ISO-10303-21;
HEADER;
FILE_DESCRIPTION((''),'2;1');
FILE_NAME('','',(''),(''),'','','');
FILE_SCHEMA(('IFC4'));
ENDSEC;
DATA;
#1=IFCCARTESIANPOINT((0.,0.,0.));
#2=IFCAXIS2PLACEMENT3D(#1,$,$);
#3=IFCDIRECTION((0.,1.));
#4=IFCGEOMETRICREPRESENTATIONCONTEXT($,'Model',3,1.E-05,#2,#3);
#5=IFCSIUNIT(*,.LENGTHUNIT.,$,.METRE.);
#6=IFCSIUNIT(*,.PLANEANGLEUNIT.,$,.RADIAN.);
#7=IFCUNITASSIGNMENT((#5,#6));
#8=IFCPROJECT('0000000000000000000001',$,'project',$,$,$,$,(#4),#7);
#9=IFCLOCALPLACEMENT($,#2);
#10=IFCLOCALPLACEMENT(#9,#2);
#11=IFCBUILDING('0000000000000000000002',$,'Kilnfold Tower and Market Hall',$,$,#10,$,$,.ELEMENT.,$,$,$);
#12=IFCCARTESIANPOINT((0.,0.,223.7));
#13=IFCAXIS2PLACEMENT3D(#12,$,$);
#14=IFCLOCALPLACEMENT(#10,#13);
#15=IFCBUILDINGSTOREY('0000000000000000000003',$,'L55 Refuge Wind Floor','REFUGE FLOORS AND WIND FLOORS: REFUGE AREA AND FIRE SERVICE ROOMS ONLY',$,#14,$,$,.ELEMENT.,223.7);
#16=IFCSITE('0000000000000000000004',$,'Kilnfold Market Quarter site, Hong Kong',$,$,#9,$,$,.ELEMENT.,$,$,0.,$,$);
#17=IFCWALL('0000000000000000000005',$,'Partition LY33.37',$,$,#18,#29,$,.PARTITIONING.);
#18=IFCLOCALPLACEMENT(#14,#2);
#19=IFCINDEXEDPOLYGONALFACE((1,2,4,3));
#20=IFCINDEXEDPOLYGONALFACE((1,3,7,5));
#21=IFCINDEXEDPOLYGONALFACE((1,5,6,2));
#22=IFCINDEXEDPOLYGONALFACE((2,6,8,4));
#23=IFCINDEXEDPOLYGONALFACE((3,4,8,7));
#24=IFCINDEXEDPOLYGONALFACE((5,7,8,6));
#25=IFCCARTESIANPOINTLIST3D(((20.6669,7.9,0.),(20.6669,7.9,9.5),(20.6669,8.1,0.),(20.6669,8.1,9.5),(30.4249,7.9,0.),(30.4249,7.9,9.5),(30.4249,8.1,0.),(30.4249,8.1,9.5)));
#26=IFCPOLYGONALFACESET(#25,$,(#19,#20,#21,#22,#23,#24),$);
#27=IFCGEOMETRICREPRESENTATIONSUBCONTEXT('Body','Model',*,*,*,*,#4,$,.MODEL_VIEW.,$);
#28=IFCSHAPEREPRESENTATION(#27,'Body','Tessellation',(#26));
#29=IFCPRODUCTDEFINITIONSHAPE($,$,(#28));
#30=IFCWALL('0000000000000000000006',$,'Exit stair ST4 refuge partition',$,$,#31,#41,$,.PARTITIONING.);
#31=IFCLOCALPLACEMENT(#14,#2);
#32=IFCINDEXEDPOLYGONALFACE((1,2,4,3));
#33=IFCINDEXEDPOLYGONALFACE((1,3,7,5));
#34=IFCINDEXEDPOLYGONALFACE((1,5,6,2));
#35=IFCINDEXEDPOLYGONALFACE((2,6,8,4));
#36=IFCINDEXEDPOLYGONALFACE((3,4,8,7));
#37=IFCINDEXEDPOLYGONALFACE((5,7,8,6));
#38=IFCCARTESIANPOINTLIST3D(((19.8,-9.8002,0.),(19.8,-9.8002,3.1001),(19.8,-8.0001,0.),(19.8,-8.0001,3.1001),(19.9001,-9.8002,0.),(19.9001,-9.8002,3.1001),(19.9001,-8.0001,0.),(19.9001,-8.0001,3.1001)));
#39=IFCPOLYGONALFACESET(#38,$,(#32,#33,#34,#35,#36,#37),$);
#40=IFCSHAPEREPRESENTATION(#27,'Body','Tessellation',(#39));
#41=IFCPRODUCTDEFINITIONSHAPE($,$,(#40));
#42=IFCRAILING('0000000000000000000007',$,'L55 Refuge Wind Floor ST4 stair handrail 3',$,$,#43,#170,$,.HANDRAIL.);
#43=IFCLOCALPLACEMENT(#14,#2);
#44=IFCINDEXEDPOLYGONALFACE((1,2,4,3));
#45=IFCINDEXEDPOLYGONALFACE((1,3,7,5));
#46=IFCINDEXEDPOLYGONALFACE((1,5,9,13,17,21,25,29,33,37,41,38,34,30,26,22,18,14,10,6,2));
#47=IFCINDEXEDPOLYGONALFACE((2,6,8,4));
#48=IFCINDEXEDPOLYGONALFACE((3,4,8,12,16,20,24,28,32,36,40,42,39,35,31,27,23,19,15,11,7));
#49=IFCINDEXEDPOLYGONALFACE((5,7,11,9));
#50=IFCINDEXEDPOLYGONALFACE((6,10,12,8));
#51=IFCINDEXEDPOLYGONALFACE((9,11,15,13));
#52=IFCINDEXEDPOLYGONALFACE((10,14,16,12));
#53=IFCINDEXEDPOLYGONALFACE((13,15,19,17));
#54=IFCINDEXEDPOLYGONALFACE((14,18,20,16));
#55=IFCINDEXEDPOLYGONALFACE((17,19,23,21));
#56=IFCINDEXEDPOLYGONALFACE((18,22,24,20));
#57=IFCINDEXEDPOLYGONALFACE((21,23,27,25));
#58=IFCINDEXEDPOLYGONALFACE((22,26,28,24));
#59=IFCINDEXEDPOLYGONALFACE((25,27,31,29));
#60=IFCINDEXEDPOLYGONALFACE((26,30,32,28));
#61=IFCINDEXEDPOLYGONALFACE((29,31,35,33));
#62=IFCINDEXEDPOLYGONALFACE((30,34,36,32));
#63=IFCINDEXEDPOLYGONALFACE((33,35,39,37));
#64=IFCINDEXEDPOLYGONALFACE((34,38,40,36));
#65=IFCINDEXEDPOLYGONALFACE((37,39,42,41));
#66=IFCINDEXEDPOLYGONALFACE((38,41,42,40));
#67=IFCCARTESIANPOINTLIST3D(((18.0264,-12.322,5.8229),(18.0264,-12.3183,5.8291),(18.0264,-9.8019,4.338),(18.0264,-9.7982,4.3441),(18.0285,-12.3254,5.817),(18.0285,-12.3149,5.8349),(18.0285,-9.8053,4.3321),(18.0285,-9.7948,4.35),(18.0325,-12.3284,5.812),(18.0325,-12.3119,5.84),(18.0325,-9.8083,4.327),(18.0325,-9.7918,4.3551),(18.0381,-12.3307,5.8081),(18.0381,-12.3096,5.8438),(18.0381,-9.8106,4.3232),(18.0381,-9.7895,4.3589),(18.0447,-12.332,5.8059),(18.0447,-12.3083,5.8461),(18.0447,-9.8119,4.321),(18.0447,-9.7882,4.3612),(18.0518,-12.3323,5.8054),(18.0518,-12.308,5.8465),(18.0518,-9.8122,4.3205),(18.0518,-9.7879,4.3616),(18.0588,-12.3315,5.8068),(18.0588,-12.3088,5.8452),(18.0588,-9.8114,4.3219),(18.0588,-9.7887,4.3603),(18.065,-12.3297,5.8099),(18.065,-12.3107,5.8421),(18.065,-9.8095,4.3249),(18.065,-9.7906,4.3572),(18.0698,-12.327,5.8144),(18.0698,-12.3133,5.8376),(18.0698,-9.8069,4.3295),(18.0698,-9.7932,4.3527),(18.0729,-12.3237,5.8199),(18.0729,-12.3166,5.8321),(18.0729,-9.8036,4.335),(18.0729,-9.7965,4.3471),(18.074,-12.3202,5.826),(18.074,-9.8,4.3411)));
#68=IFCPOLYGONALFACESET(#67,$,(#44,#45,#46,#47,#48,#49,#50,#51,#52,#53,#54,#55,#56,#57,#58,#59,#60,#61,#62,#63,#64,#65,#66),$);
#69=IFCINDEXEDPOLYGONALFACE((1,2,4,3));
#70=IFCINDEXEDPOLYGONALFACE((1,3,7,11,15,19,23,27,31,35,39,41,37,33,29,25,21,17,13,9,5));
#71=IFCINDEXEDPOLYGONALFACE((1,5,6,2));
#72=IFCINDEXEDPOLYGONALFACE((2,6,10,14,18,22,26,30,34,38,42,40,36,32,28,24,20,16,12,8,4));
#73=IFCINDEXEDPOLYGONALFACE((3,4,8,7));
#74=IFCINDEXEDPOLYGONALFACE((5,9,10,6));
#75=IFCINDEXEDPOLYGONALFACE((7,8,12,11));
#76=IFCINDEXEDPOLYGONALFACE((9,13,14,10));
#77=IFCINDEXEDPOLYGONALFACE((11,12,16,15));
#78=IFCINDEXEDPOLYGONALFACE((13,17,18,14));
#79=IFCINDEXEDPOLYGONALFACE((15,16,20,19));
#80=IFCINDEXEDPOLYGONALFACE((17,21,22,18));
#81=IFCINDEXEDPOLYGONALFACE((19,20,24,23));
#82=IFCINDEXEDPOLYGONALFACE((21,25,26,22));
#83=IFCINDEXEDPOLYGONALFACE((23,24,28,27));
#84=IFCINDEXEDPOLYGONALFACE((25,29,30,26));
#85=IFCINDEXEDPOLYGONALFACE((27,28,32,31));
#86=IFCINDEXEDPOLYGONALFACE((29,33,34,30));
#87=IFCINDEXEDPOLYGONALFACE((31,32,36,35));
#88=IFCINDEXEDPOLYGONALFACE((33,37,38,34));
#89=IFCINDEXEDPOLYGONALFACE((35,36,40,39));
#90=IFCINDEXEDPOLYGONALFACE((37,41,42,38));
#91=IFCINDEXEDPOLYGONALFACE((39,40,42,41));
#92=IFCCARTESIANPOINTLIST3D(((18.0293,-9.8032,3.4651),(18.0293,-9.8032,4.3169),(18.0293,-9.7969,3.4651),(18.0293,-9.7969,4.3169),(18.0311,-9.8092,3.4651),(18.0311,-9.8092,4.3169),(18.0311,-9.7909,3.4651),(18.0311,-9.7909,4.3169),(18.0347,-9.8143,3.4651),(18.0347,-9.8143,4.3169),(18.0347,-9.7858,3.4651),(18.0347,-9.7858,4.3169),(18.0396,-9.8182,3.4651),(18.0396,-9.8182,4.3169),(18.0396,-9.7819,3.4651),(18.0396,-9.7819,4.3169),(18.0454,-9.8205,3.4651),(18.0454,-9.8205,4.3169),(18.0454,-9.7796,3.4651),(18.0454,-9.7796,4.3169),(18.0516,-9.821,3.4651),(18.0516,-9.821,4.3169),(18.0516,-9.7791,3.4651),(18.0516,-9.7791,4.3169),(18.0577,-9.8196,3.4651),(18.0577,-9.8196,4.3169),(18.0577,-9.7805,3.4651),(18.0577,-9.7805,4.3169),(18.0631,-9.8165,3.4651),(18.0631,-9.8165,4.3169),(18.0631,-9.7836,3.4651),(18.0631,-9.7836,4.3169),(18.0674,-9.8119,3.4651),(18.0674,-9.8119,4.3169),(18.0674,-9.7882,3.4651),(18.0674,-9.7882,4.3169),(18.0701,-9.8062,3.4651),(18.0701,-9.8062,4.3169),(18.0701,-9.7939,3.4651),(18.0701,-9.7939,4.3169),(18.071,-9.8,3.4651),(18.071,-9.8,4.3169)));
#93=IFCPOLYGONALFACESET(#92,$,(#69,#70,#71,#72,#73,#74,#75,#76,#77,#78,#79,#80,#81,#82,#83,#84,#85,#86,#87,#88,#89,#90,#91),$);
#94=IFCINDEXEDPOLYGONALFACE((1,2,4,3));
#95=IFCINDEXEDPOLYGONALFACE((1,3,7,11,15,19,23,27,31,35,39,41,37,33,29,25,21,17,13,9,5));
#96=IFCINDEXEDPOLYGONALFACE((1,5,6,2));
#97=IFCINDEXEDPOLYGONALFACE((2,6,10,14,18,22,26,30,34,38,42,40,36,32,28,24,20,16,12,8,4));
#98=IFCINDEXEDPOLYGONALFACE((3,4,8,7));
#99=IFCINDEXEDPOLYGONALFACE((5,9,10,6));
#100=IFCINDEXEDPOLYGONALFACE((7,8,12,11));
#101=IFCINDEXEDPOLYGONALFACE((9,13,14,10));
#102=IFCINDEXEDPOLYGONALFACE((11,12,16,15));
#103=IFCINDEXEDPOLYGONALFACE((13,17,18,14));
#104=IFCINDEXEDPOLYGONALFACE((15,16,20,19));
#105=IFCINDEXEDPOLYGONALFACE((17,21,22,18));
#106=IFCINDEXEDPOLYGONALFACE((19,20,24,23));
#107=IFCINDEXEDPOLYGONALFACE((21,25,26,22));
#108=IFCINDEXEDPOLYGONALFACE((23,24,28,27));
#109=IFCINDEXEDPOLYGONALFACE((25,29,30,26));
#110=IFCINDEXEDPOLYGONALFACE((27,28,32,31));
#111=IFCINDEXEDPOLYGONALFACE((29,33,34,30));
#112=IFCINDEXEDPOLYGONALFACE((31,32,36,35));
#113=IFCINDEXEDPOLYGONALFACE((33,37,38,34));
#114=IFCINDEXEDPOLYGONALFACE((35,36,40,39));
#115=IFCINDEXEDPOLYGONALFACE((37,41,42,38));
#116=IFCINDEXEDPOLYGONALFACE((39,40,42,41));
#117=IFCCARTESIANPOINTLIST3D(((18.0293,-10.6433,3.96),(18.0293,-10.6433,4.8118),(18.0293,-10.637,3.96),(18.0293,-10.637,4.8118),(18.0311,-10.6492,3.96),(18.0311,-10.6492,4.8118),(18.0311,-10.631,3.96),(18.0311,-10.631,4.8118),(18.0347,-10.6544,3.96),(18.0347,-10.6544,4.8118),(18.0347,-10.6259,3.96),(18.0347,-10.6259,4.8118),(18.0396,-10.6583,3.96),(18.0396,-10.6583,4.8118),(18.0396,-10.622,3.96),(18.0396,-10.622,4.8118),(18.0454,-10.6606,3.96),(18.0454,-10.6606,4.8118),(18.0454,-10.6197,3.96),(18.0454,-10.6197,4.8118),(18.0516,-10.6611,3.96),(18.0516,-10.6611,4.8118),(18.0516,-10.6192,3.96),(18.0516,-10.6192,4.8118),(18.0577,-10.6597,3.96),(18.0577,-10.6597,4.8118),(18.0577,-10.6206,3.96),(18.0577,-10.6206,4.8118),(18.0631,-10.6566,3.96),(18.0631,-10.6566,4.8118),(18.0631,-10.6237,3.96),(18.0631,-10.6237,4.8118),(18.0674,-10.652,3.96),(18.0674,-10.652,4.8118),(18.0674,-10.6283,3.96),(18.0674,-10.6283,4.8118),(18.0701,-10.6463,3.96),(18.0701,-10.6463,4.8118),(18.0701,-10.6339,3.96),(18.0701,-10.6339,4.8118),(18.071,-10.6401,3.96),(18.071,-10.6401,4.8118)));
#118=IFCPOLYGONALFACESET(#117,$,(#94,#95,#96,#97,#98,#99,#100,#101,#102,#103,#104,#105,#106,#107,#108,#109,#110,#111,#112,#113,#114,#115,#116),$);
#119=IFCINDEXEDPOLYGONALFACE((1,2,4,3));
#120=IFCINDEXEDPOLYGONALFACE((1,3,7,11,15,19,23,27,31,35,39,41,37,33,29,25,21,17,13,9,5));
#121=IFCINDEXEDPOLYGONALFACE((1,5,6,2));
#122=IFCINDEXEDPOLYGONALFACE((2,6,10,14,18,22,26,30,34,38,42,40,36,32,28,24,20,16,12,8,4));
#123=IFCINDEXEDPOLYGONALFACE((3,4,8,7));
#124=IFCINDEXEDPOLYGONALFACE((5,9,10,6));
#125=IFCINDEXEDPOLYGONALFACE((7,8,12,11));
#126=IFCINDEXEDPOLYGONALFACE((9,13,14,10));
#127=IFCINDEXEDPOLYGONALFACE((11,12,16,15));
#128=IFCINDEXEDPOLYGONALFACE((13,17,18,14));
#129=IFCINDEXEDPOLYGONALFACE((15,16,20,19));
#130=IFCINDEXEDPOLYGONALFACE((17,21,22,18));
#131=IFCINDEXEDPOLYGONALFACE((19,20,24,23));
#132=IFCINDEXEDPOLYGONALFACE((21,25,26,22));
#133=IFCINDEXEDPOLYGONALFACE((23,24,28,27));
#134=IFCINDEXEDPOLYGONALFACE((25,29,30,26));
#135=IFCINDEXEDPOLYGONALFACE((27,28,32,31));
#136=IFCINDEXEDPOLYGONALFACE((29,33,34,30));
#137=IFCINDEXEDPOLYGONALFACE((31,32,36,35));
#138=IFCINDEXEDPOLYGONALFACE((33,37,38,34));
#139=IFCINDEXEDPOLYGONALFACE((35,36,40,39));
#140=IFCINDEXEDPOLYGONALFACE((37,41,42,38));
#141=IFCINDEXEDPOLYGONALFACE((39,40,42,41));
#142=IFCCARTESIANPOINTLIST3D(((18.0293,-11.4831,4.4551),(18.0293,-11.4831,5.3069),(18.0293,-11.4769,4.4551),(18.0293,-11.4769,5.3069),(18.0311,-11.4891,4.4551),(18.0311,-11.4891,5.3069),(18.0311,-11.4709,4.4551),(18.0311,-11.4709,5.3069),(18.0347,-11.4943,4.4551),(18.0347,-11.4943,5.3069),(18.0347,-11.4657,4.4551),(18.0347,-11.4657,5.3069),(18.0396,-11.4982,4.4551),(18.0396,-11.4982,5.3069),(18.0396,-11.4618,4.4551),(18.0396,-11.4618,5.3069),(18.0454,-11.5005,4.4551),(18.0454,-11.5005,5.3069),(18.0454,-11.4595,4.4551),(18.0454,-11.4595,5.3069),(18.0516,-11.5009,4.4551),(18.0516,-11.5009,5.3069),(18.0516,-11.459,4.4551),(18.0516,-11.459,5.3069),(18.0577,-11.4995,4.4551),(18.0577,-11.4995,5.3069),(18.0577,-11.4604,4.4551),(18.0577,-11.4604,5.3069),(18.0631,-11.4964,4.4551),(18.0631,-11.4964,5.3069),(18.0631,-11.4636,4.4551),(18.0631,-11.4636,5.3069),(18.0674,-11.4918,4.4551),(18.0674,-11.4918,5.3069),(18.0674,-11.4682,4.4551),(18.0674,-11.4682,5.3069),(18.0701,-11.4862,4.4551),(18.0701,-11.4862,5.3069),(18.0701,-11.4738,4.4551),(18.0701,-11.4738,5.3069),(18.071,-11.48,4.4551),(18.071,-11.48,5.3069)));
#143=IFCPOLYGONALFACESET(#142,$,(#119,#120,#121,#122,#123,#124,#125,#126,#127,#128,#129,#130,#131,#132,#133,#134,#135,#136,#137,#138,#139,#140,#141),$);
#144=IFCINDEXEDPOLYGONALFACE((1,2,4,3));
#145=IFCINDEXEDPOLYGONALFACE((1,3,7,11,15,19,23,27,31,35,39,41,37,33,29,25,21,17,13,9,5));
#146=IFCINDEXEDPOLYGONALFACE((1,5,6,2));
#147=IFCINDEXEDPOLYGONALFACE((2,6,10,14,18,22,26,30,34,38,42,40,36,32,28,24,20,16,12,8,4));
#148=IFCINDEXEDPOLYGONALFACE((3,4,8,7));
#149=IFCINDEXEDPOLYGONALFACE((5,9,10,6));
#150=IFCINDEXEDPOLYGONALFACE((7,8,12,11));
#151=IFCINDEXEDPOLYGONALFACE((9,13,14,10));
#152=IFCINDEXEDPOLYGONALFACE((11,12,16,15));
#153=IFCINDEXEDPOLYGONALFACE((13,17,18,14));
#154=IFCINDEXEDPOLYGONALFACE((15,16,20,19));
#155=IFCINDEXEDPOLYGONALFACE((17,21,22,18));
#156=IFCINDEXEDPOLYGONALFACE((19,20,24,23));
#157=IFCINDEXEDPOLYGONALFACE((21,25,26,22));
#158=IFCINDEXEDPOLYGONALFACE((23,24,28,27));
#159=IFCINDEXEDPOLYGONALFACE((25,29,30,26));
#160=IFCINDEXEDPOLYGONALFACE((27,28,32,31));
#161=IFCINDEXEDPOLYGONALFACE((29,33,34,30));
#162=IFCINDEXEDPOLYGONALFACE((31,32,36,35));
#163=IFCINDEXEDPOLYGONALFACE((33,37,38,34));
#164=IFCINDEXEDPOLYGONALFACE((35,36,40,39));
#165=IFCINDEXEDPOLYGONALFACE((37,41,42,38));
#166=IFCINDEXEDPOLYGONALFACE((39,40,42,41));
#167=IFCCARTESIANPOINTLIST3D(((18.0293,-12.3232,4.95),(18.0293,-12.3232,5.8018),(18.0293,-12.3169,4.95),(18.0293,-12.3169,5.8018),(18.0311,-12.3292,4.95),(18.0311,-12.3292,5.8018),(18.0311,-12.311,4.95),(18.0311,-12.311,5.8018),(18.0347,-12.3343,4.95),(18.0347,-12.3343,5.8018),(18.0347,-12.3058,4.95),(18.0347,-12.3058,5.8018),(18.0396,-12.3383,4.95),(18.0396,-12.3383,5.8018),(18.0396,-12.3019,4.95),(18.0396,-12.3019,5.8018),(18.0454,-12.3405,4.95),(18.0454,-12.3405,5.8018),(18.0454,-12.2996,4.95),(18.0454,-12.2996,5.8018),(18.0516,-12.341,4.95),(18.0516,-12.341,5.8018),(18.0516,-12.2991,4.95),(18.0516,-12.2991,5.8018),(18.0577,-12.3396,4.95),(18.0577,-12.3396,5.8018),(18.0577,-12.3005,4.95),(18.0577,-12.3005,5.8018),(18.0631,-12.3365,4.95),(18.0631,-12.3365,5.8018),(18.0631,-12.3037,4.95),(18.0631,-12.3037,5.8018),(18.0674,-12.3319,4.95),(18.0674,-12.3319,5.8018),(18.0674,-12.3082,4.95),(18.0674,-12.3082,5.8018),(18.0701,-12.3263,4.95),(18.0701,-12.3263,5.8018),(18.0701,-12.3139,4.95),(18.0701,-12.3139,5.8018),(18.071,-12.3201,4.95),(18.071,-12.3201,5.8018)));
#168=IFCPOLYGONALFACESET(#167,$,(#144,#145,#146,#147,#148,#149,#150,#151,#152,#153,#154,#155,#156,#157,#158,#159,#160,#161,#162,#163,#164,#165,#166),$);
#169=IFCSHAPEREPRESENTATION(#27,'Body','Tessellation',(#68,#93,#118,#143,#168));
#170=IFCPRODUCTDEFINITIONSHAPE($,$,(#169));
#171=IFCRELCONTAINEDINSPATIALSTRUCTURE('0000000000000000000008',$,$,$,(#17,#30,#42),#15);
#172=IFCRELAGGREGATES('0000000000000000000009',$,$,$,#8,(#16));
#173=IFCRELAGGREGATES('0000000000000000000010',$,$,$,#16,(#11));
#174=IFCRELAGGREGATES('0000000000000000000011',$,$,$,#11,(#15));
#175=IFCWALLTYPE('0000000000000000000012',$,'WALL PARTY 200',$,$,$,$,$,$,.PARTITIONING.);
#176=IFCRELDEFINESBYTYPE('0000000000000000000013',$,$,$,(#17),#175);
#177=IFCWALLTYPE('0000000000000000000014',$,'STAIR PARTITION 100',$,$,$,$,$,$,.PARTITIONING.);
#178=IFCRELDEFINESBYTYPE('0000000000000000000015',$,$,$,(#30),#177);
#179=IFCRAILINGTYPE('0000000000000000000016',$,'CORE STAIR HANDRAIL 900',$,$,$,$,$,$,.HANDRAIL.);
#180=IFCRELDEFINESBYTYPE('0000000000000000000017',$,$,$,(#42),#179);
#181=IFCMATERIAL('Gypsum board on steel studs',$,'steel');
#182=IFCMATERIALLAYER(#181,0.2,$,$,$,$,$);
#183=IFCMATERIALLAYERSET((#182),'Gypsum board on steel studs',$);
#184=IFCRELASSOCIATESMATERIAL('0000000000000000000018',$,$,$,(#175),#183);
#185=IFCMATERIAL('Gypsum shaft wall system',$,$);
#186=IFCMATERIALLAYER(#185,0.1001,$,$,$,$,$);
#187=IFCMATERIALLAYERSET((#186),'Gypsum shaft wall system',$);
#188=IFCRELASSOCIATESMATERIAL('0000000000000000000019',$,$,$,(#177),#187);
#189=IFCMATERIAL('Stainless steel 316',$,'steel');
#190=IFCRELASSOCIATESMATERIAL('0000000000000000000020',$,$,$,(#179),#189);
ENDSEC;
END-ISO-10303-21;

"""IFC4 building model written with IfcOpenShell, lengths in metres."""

from ifc_helpers import new_model, si_unit, direction, frame, frame_2d, origin, origin_2d, place, context, subcontext, project, spatial, rectangle, circle, extrude, source, transform, mapped, material, layer, layer_set, type_object, element, save


model = new_model("IFC4")

# Units and contexts
model_context = context("Model", 3, precision=1e-05, world=origin(), true_north=direction((0.0, 1.0)))
body_context = subcontext(model_context, "Body", "Model", "MODEL_VIEW")
ifc_project = project(units=[si_unit("LENGTHUNIT", "METRE"), si_unit("PLANEANGLEUNIT", "RADIAN")], contexts=[model_context])

# Site, building, storey
site_placement = place(None, origin())
site = spatial("IfcSite", under=ifc_project, at=site_placement, Name="Kilnfold Market Quarter site, Hong Kong", CompositionType="ELEMENT", RefElevation=0.0)
building_placement = place(site_placement, origin())
building = spatial("IfcBuilding", under=site, at=building_placement, Name="Kilnfold Tower and Market Hall", CompositionType="ELEMENT")
storey_placement = place(building_placement, frame((0.0, 0.0, 223.7)))
storey = spatial("IfcBuildingStorey", under=building, at=storey_placement, Name="L55 Refuge Wind Floor", Description="REFUGE FLOORS AND WIND FLOORS: REFUGE AREA AND FIRE SERVICE ROOMS ONLY", CompositionType="ELEMENT", Elevation=223.7)

# Walls
ifc_material_1 = material(Name="Gypsum board on steel studs", Category="steel")
ifc_layer_1 = layer(ifc_material_1, 0.2)
ifc_layer_set_1 = layer_set([ifc_layer_1], Name="Gypsum board on steel studs")
wall_type_1 = type_object("IfcWallType", Name="WALL PARTY 200", PredefinedType="PARTITIONING", material=ifc_layer_set_1)
wall_1_placement = place(storey_placement, frame((20.667, 8.0, 0.0), z_axis=(0.0, 0.0, 1.0), x_axis=(1.0, 0.0, 0.0)))
element("IfcWall", 1, at=wall_1_placement, inside=storey, type_object=wall_type_1, Name="Partition LY33.37", PredefinedType="PARTITIONING", context=body_context, shape_type="SweptSolid", body=[
    extrude(rectangle(XDim=9.7581, YDim=0.2, at=frame_2d((4.8789, 0.0))), origin(), (0.0, 0.0, 1.0), 9.5),
])
ifc_material_2 = material(Name="Gypsum shaft wall system")
ifc_layer_2 = layer(ifc_material_2, 0.1001)
ifc_layer_set_2 = layer_set([ifc_layer_2], Name="Gypsum shaft wall system")
wall_type_2 = type_object("IfcWallType", Name="STAIR PARTITION 100", PredefinedType="PARTITIONING", material=ifc_layer_set_2)
shared_shape_1 = source(origin(), body_context, "Body", "SweptSolid", [
    extrude(rectangle(XDim=1.8, YDim=0.1001, at=frame_2d((0.8999, 0.0))), origin(), (0.0, 0.0, 1.0), 3.1001),
])
wall_2_placement = place(storey_placement, frame((19.8501, -9.8, 0.0), z_axis=(0.0, 0.0, 1.0), x_axis=(0.0, 1.0, 0.0)))
element("IfcWall", 2, at=wall_2_placement, inside=storey, type_object=wall_type_2, Name="Exit stair ST4 refuge partition", PredefinedType="PARTITIONING", context=body_context, shape_type="MappedRepresentation", body=[
    mapped(shared_shape_1, transform((0.0, 0.0, 0.0))),
])

# Railing
ifc_material_3 = material(Name="Stainless steel 316", Category="steel")
railing_type_1 = type_object("IfcRailingType", Name="CORE STAIR HANDRAIL 900", PredefinedType="HANDRAIL", material=ifc_material_3)
for number, where, name in (
    (3, (18.05, -9.8, 3.4651), "L55 Refuge Wind Floor ST4 stair handrail 3"),
):
    element("IfcRailing", number, at=place(storey_placement, frame(where)), inside=storey, type_object=railing_type_1, Name=name, PredefinedType="HANDRAIL", context=body_context, shape_type="SweptSolid", body=[
        extrude(circle(Radius=0.0239, at=origin_2d()), frame((0.0, 0.0, 0.876), z_axis=(0.0, -0.861561, 0.507655), x_axis=(1.0, 0.0, 0.0)), (0.0, 0.0, 1.0), 2.925),
        extrude(circle(Radius=0.021, at=origin_2d()), origin(), (0.0, 0.0, 1.0), 0.8518),
        extrude(circle(Radius=0.021, at=origin_2d()), frame((0.0, -0.8401, 0.4949)), (0.0, 0.0, 1.0), 0.8518),
        extrude(circle(Radius=0.021, at=origin_2d()), frame((0.0, -1.6799, 0.99)), (0.0, 0.0, 1.0), 0.8518),
        extrude(circle(Radius=0.021, at=origin_2d()), frame((0.0, -2.52, 1.4849)), (0.0, 0.0, 1.0), 0.8518),
    ])

save(model, "model.ifc")
